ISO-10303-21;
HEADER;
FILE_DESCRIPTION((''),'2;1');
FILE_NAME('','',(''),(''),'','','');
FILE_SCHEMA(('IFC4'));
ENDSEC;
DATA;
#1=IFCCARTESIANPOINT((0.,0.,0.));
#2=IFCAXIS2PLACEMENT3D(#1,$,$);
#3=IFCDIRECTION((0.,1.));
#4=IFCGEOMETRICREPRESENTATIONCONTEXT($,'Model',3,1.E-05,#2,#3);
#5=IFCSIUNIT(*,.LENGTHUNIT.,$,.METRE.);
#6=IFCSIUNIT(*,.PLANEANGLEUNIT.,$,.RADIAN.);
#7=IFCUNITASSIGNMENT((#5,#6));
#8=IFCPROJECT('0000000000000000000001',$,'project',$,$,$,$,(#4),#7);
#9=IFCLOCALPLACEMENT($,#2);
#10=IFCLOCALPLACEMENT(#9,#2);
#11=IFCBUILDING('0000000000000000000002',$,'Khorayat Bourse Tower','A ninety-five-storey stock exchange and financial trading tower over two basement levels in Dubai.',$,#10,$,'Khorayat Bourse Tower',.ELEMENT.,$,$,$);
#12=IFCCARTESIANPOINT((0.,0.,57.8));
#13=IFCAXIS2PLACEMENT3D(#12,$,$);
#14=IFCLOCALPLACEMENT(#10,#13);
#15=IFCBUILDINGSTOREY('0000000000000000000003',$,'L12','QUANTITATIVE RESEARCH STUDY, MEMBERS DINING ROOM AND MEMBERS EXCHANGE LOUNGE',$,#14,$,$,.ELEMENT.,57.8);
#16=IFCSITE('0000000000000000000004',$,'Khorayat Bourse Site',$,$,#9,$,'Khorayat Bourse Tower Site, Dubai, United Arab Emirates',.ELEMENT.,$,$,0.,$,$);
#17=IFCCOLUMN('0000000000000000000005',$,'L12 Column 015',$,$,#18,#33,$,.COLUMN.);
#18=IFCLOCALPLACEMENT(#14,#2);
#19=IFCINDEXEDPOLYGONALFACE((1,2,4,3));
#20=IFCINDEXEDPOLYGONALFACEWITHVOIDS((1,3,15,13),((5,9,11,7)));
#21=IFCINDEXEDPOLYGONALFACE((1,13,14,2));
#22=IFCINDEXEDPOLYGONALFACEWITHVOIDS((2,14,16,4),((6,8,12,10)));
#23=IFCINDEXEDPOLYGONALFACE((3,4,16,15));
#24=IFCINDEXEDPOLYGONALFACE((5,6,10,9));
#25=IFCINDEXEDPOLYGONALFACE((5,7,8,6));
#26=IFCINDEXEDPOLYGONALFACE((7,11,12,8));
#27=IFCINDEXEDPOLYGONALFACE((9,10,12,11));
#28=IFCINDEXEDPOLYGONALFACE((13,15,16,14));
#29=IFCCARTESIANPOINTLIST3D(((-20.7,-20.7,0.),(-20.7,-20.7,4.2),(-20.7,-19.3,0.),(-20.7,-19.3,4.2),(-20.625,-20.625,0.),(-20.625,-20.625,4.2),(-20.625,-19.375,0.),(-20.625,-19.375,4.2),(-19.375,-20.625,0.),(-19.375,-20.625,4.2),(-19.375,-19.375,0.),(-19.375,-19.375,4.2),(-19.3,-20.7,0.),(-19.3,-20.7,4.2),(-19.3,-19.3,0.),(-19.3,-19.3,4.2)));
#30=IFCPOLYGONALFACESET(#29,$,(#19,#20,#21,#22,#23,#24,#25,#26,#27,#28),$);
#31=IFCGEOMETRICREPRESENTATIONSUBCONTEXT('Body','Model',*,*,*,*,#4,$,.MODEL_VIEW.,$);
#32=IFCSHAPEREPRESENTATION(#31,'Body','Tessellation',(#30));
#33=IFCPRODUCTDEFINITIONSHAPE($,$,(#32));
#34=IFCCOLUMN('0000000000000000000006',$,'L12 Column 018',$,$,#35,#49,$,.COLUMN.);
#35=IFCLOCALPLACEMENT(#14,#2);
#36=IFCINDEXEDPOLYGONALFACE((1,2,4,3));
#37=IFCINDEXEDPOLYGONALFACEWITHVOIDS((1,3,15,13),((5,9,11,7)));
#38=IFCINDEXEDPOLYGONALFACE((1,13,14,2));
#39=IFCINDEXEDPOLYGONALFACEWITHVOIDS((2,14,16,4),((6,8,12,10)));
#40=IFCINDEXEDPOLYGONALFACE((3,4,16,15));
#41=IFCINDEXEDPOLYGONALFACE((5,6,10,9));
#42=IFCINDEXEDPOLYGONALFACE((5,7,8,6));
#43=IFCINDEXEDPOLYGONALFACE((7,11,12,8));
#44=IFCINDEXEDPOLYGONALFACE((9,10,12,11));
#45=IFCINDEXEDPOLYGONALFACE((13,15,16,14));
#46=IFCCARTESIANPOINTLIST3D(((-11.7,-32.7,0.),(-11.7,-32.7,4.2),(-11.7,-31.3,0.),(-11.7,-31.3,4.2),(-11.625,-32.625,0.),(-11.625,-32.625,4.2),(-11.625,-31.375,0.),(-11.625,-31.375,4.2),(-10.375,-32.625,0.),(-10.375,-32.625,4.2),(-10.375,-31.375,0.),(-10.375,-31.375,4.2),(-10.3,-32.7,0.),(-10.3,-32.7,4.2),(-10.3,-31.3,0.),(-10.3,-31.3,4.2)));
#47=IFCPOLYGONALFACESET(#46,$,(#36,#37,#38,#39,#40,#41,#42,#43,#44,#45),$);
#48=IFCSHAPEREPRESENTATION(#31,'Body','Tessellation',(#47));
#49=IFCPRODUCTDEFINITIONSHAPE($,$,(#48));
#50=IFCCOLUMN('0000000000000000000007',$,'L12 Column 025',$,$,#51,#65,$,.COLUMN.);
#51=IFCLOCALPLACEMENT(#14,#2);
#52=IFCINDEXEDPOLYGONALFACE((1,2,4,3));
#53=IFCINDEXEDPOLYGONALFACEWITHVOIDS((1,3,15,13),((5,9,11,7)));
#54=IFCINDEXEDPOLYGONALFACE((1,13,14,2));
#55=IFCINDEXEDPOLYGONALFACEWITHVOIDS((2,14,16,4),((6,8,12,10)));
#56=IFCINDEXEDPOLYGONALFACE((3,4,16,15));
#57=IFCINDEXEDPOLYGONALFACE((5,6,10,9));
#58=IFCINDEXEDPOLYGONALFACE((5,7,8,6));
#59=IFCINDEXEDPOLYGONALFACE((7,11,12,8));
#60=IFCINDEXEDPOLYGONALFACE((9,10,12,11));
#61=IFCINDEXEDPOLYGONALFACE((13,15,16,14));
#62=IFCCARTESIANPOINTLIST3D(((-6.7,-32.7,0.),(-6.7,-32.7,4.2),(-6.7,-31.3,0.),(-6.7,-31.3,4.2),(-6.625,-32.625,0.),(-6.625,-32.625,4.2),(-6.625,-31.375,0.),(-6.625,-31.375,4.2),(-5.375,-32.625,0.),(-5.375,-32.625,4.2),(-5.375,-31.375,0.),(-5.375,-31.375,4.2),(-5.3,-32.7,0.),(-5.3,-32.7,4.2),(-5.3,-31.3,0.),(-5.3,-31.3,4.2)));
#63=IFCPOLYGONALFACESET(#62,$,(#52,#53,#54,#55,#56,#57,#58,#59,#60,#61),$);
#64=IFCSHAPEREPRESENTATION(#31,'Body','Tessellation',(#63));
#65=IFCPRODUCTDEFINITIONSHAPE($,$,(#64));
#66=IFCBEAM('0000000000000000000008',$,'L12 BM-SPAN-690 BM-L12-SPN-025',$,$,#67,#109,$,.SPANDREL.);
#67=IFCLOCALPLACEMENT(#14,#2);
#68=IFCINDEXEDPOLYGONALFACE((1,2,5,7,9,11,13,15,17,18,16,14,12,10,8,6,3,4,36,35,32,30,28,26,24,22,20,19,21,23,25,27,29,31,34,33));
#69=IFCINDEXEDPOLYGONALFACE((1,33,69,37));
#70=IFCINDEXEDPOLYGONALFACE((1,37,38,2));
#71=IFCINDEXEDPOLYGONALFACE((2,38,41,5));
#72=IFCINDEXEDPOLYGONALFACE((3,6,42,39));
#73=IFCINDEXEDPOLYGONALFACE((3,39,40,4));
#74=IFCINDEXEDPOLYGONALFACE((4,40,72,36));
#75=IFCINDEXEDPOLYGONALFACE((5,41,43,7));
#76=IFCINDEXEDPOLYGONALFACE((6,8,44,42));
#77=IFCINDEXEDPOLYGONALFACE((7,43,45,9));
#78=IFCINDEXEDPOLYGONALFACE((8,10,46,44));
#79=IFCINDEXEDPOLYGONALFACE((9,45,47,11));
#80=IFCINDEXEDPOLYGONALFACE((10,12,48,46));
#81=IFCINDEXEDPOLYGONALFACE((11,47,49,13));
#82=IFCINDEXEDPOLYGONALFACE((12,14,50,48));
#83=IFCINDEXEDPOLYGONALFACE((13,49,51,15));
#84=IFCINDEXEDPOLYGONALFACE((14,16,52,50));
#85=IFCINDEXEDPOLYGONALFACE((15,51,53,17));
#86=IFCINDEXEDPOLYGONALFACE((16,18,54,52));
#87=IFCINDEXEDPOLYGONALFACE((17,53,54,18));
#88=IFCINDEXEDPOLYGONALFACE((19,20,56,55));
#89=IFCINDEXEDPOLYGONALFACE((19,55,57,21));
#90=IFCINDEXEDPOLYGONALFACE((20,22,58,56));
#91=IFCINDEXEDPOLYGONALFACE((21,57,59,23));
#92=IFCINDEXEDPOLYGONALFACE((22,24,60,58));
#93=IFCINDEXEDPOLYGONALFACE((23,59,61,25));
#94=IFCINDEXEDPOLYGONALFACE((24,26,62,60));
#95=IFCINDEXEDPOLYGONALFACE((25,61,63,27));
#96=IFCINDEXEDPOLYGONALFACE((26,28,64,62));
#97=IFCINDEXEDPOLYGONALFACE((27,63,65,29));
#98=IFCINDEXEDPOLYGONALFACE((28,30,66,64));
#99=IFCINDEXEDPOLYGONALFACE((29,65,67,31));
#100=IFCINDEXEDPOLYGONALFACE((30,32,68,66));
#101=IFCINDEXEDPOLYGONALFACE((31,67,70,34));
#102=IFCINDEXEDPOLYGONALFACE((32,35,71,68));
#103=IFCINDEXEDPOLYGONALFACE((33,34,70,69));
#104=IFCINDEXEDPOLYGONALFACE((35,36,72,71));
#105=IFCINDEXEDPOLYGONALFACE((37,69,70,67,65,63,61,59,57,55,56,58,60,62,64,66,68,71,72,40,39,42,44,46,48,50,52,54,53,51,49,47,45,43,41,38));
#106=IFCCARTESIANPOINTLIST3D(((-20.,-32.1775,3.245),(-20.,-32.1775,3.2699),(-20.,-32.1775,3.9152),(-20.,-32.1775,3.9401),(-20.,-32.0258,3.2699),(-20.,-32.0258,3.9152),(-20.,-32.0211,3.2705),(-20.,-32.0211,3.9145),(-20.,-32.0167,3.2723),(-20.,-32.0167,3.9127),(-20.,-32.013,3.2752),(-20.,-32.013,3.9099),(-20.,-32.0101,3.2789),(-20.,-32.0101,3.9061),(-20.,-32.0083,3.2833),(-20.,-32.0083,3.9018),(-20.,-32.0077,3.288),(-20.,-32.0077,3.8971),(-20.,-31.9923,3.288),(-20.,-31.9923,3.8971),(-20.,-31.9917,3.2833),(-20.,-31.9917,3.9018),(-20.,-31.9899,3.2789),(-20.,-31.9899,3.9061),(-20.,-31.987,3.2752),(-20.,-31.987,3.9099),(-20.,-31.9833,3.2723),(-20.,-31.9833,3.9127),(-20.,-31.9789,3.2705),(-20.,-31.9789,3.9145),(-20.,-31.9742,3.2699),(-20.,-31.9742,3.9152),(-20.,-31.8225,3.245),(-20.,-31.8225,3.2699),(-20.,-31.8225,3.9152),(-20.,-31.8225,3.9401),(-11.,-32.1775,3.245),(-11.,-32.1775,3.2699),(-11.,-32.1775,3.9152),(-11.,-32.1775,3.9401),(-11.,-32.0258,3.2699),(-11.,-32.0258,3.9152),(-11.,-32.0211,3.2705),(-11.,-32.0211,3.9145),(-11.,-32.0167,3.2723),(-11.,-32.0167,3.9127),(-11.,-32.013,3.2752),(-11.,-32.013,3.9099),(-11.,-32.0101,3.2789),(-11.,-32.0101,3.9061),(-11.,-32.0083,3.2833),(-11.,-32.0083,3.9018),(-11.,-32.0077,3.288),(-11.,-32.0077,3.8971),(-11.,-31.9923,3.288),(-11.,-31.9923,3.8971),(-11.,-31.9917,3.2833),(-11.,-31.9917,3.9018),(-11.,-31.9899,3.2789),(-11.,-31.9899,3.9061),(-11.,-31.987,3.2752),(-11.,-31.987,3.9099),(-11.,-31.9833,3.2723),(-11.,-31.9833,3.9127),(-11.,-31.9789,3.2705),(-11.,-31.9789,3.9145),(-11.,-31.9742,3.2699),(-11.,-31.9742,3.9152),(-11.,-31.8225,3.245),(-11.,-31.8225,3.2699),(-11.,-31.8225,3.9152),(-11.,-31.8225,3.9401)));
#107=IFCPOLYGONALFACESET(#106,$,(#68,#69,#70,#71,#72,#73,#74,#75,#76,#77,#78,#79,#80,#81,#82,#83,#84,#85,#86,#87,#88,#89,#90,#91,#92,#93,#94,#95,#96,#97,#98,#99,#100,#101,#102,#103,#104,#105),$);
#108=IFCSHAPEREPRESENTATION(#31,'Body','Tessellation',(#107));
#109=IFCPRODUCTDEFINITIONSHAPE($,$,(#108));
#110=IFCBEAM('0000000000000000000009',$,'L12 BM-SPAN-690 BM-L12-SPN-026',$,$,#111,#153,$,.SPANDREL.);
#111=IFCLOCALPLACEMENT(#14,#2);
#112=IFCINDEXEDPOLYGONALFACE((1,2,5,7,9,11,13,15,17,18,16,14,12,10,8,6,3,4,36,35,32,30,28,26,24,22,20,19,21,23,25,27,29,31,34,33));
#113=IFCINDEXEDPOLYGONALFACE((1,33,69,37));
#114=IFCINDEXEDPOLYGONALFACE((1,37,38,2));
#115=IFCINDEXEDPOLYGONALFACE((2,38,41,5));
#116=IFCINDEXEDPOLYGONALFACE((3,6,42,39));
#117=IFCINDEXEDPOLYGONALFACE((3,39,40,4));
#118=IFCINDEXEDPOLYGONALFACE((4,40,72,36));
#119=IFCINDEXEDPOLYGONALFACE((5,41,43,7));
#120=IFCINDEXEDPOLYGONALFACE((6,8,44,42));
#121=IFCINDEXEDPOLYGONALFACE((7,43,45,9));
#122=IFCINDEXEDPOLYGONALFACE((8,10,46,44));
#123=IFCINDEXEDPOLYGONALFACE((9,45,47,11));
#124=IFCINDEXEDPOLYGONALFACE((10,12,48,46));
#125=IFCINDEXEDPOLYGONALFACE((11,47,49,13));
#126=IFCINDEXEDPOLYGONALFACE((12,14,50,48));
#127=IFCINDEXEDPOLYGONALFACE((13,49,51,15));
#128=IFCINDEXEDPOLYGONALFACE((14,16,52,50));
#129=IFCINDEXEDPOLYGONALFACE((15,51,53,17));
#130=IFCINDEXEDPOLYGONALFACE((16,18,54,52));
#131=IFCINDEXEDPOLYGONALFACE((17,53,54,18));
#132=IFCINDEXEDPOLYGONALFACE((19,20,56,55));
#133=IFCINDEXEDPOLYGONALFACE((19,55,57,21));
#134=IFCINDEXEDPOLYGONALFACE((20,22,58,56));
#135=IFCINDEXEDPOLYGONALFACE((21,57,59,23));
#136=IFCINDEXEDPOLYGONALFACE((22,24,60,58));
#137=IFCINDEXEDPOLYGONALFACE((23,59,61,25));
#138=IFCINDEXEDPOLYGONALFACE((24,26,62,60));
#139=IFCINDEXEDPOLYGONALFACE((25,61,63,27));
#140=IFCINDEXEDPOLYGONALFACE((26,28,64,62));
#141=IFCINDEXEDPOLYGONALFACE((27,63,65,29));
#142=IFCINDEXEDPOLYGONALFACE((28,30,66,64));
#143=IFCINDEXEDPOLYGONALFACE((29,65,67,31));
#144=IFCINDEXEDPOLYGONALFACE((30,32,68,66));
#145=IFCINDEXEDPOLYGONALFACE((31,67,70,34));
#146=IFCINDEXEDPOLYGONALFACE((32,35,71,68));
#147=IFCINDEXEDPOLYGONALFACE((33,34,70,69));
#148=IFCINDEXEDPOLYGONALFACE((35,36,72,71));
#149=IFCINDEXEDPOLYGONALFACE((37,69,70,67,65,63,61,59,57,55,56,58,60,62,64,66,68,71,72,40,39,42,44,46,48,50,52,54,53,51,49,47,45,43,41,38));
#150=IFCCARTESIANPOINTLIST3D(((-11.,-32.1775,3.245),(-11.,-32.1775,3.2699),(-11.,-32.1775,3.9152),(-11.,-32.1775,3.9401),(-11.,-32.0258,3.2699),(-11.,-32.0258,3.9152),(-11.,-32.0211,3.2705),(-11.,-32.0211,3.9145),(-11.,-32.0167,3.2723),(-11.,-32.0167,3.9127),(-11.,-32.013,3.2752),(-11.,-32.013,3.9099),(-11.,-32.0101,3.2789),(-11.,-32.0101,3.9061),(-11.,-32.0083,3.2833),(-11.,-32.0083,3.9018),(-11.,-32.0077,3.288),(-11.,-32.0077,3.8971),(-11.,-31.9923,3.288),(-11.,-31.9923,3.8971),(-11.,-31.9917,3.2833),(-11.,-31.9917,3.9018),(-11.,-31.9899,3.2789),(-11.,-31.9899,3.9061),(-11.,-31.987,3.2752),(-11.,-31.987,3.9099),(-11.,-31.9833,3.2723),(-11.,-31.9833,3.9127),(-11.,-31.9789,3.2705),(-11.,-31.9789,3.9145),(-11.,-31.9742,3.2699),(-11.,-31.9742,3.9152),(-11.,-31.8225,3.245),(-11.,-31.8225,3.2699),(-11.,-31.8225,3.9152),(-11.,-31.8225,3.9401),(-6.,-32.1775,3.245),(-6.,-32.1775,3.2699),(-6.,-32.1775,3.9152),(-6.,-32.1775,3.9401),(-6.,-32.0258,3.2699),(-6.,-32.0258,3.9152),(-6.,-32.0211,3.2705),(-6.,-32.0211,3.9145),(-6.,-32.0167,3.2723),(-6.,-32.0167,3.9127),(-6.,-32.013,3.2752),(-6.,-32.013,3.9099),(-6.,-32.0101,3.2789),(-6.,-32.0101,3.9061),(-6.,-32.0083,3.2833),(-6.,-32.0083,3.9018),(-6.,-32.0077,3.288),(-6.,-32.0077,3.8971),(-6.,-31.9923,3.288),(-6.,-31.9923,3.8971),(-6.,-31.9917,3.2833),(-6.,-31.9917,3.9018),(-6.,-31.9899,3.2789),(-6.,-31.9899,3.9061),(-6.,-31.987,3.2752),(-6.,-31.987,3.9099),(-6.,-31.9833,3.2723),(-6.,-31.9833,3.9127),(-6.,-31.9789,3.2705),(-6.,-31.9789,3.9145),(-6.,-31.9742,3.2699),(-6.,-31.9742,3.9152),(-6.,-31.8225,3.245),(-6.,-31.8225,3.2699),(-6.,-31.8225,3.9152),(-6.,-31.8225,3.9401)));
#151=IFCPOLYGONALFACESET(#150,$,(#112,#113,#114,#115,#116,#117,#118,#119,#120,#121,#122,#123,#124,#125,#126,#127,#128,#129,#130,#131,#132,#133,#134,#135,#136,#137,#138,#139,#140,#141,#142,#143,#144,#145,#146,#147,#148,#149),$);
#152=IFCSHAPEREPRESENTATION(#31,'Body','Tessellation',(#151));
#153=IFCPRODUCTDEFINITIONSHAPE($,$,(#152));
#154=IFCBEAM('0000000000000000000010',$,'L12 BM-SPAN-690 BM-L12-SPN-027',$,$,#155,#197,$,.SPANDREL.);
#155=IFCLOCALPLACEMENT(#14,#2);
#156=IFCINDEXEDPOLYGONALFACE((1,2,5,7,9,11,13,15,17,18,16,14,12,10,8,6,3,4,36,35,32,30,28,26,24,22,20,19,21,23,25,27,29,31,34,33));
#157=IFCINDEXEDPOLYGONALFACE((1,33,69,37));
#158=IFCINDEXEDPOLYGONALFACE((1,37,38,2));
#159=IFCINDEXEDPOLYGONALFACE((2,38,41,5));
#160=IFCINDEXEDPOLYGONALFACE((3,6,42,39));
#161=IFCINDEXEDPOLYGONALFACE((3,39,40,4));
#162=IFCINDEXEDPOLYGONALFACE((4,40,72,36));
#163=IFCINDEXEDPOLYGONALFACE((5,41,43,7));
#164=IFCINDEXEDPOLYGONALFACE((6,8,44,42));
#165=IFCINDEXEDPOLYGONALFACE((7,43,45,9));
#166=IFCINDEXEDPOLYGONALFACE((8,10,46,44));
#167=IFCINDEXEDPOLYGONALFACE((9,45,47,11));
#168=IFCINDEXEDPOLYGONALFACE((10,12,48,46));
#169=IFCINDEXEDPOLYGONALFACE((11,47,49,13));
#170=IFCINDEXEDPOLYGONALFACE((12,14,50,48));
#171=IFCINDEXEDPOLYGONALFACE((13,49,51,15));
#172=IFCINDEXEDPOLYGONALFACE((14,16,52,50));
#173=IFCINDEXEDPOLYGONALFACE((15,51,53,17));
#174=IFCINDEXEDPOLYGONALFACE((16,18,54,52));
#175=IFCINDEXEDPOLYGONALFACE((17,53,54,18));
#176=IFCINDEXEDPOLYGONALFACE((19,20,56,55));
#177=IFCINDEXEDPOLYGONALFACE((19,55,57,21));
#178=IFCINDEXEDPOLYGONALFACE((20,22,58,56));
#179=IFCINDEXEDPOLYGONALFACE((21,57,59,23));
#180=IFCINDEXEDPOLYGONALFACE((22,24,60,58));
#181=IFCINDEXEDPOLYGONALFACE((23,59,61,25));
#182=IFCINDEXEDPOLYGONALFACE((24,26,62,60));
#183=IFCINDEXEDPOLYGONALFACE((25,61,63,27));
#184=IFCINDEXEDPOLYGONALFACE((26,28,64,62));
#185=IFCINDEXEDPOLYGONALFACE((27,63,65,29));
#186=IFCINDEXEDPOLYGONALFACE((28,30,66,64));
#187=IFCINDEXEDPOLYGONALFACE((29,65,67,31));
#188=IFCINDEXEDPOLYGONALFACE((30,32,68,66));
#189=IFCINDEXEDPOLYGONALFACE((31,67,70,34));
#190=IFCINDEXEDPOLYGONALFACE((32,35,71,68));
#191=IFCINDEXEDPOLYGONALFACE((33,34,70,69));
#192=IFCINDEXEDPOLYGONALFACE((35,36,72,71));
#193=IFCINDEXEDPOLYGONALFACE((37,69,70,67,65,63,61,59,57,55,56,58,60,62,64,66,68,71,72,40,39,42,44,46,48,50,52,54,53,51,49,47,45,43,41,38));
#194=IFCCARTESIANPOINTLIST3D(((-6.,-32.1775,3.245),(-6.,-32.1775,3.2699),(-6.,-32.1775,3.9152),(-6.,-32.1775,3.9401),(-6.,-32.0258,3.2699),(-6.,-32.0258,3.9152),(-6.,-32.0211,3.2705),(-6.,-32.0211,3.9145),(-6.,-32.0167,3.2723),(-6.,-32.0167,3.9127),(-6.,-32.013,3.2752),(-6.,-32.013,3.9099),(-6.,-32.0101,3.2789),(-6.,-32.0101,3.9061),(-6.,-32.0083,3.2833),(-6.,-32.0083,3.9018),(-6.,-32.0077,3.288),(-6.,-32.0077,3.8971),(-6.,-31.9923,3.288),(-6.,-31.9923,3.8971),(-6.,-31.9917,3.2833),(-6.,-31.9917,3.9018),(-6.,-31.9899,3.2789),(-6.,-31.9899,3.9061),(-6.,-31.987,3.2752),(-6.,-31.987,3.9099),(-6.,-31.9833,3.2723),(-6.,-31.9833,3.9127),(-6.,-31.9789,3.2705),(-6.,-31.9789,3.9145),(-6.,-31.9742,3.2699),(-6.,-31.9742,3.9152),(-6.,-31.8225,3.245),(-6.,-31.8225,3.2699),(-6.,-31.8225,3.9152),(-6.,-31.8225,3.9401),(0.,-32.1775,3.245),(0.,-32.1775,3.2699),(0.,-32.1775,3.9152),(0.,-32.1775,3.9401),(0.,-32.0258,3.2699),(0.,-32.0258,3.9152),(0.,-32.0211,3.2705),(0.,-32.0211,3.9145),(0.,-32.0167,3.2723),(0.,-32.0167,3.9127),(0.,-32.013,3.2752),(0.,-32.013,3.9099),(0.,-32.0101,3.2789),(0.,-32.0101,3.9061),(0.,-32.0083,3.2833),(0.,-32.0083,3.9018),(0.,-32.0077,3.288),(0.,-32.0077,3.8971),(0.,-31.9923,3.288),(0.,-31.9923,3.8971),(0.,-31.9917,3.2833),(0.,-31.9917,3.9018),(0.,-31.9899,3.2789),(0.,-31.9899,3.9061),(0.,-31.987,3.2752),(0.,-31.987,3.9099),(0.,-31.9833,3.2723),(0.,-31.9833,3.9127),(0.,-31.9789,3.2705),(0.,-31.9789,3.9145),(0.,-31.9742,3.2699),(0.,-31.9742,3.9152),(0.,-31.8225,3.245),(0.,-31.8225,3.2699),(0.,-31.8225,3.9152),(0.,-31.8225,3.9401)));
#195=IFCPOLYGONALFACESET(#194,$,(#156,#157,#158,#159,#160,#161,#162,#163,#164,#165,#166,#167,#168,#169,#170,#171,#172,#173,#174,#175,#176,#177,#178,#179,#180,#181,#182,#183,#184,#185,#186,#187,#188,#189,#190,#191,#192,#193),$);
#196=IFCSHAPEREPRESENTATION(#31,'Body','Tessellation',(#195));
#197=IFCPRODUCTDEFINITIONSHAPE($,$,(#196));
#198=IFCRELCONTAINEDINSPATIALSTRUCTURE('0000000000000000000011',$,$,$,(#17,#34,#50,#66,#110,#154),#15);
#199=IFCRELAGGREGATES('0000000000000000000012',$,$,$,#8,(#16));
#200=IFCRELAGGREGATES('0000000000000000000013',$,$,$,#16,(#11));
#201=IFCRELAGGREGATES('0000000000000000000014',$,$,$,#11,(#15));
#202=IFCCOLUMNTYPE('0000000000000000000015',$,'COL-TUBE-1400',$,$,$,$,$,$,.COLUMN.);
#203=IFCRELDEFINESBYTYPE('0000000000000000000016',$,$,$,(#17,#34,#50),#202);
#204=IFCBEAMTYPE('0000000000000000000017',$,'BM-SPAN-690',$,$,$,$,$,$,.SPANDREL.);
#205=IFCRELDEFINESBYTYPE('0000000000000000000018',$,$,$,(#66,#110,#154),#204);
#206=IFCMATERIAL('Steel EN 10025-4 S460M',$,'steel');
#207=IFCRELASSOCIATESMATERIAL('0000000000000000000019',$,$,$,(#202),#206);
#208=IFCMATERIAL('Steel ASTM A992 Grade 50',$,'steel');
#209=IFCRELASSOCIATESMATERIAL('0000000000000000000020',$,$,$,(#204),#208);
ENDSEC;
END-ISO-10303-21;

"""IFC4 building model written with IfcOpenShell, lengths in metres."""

from ifc_helpers import new_model, si_unit, direction, frame, origin, origin_2d, place, context, subcontext, project, spatial, hollow_rectangle, i_section, extrude, source, transform, mapped, material, material_profile, profile_set, type_object, element, save


model = new_model("IFC4")

# Units and contexts
model_context = context("Model", 3, precision=1e-05, world=origin(), true_north=direction((0.0, 1.0)))
body_context = subcontext(model_context, "Body", "Model", "MODEL_VIEW")
ifc_project = project(units=[si_unit("LENGTHUNIT", "METRE"), si_unit("PLANEANGLEUNIT", "RADIAN")], contexts=[model_context])

# Site, building, storey
site_placement = place(None, origin())
site = spatial("IfcSite", under=ifc_project, at=site_placement, Name="Khorayat Bourse Site", LongName="Khorayat Bourse Tower Site, Dubai, United Arab Emirates", CompositionType="ELEMENT", RefElevation=0.0)
building_placement = place(site_placement, origin())
building = spatial("IfcBuilding", under=site, at=building_placement, Name="Khorayat Bourse Tower", Description="A ninety-five-storey stock exchange and financial trading tower over two basement levels in Dubai.", LongName="Khorayat Bourse Tower", CompositionType="ELEMENT")
storey_placement = place(building_placement, frame((0.0, 0.0, 57.8)))
storey = spatial("IfcBuildingStorey", under=building, at=storey_placement, Name="L12", Description="QUANTITATIVE RESEARCH STUDY, MEMBERS DINING ROOM AND MEMBERS EXCHANGE LOUNGE", CompositionType="ELEMENT", Elevation=57.8)

# Columns
ifc_material_1 = material(Name="Steel EN 10025-4 S460M", Category="steel")
ifc_material_profile_1 = material_profile(ifc_material_1, hollow_rectangle(XDim=1.3999, YDim=1.3999, WallThickness=0.075, at=origin_2d()), Name="BOX 1400x1400x75")
ifc_profile_set_1 = profile_set([ifc_material_profile_1], Name="Steel EN 10025-4 S460M")
column_type = type_object("IfcColumnType", Name="COL-TUBE-1400", PredefinedType="COLUMN", material=ifc_profile_set_1)
shared_shape_1 = source(origin(), body_context, "Body", "SweptSolid", [
    extrude(hollow_rectangle(XDim=1.3999, YDim=1.3999, WallThickness=0.075, at=origin_2d()), origin(), (0.0, 0.0, 1.0), 4.2),
])
for number, where, z_axis, x_axis, name in (
    (1, (-20.0, -20.0, 0.0), (0.0, 0.0, 1.0), (1.0, 0.0, 0.0), "L12 Column 015"),
    (2, (-11.0, -32.0, 0.0), (0.0, 0.0, 1.0), (1.0, 0.0, 0.0), "L12 Column 018"),
    (3, (-6.0, -32.0, 0.0), (0.0, 0.0, 1.0), (1.0, 0.0, 0.0), "L12 Column 025"),
):
    element("IfcColumn", number, at=place(storey_placement, frame(where, z_axis=z_axis, x_axis=x_axis)), inside=storey, type_object=column_type, Name=name, PredefinedType="COLUMN", context=body_context, shape_type="MappedRepresentation", body=[
        mapped(shared_shape_1, transform((0.0, 0.0, 0.0), scale=1.0)),
    ])

# Beams
ifc_material_2 = material(Name="Steel ASTM A992 Grade 50", Category="steel")
ifc_material_profile_2 = material_profile(ifc_material_2, i_section(OverallWidth=0.355, OverallDepth=0.6951, WebThickness=0.0154, FlangeThickness=0.0249, FilletRadius=0.0181, at=origin_2d()), Name="W690X217")
ifc_profile_set_2 = profile_set([ifc_material_profile_2], Name="Steel ASTM A992 Grade 50")
beam_type_1 = type_object("IfcBeamType", Name="BM-SPAN-690", PredefinedType="SPANDREL", material=ifc_profile_set_2)
shared_shape_2 = source(origin(), body_context, "Body", "SweptSolid", [
    extrude(i_section(OverallWidth=0.355, OverallDepth=0.6951, WebThickness=0.0154, FlangeThickness=0.0249, FilletRadius=0.0181, at=origin_2d()), origin(), (0.0, 0.0, 1.0), 9.0),
])
beam_1_placement = place(storey_placement, frame((-20.0, -32.0, 3.5925), z_axis=(1.0, 0.0, 0.0), x_axis=(0.0, 1.0, 0.0)))
element("IfcBeam", 4, at=beam_1_placement, inside=storey, type_object=beam_type_1, Name="L12 BM-SPAN-690 BM-L12-SPN-025", PredefinedType="SPANDREL", context=body_context, shape_type="MappedRepresentation", body=[
    mapped(shared_shape_2, transform((0.0, 0.0, 0.0), scale=1.0)),
])
shared_shape_3 = source(origin(), body_context, "Body", "SweptSolid", [
    extrude(i_section(OverallWidth=0.355, OverallDepth=0.6951, WebThickness=0.0154, FlangeThickness=0.0249, FilletRadius=0.0181, at=origin_2d()), origin(), (0.0, 0.0, 1.0), 5.0),
])
beam_2_placement = place(storey_placement, frame((-11.0, -32.0, 3.5925), z_axis=(1.0, 0.0, 0.0), x_axis=(0.0, 1.0, 0.0)))
element("IfcBeam", 5, at=beam_2_placement, inside=storey, type_object=beam_type_1, Name="L12 BM-SPAN-690 BM-L12-SPN-026", PredefinedType="SPANDREL", context=body_context, shape_type="MappedRepresentation", body=[
    mapped(shared_shape_3, transform((0.0, 0.0, 0.0), scale=1.0)),
])
shared_shape_4 = source(origin(), body_context, "Body", "SweptSolid", [
    extrude(i_section(OverallWidth=0.355, OverallDepth=0.6951, WebThickness=0.0154, FlangeThickness=0.0249, FilletRadius=0.0181, at=origin_2d()), origin(), (0.0, 0.0, 1.0), 6.0),
])
beam_3_placement = place(storey_placement, frame((-6.0, -32.0, 3.5925), z_axis=(1.0, 0.0, 0.0), x_axis=(0.0, 1.0, 0.0)))
element("IfcBeam", 6, at=beam_3_placement, inside=storey, type_object=beam_type_1, Name="L12 BM-SPAN-690 BM-L12-SPN-027", PredefinedType="SPANDREL", context=body_context, shape_type="MappedRepresentation", body=[
    mapped(shared_shape_4, transform((0.0, 0.0, 0.0), scale=1.0)),
])

save(model, "model.ifc")
